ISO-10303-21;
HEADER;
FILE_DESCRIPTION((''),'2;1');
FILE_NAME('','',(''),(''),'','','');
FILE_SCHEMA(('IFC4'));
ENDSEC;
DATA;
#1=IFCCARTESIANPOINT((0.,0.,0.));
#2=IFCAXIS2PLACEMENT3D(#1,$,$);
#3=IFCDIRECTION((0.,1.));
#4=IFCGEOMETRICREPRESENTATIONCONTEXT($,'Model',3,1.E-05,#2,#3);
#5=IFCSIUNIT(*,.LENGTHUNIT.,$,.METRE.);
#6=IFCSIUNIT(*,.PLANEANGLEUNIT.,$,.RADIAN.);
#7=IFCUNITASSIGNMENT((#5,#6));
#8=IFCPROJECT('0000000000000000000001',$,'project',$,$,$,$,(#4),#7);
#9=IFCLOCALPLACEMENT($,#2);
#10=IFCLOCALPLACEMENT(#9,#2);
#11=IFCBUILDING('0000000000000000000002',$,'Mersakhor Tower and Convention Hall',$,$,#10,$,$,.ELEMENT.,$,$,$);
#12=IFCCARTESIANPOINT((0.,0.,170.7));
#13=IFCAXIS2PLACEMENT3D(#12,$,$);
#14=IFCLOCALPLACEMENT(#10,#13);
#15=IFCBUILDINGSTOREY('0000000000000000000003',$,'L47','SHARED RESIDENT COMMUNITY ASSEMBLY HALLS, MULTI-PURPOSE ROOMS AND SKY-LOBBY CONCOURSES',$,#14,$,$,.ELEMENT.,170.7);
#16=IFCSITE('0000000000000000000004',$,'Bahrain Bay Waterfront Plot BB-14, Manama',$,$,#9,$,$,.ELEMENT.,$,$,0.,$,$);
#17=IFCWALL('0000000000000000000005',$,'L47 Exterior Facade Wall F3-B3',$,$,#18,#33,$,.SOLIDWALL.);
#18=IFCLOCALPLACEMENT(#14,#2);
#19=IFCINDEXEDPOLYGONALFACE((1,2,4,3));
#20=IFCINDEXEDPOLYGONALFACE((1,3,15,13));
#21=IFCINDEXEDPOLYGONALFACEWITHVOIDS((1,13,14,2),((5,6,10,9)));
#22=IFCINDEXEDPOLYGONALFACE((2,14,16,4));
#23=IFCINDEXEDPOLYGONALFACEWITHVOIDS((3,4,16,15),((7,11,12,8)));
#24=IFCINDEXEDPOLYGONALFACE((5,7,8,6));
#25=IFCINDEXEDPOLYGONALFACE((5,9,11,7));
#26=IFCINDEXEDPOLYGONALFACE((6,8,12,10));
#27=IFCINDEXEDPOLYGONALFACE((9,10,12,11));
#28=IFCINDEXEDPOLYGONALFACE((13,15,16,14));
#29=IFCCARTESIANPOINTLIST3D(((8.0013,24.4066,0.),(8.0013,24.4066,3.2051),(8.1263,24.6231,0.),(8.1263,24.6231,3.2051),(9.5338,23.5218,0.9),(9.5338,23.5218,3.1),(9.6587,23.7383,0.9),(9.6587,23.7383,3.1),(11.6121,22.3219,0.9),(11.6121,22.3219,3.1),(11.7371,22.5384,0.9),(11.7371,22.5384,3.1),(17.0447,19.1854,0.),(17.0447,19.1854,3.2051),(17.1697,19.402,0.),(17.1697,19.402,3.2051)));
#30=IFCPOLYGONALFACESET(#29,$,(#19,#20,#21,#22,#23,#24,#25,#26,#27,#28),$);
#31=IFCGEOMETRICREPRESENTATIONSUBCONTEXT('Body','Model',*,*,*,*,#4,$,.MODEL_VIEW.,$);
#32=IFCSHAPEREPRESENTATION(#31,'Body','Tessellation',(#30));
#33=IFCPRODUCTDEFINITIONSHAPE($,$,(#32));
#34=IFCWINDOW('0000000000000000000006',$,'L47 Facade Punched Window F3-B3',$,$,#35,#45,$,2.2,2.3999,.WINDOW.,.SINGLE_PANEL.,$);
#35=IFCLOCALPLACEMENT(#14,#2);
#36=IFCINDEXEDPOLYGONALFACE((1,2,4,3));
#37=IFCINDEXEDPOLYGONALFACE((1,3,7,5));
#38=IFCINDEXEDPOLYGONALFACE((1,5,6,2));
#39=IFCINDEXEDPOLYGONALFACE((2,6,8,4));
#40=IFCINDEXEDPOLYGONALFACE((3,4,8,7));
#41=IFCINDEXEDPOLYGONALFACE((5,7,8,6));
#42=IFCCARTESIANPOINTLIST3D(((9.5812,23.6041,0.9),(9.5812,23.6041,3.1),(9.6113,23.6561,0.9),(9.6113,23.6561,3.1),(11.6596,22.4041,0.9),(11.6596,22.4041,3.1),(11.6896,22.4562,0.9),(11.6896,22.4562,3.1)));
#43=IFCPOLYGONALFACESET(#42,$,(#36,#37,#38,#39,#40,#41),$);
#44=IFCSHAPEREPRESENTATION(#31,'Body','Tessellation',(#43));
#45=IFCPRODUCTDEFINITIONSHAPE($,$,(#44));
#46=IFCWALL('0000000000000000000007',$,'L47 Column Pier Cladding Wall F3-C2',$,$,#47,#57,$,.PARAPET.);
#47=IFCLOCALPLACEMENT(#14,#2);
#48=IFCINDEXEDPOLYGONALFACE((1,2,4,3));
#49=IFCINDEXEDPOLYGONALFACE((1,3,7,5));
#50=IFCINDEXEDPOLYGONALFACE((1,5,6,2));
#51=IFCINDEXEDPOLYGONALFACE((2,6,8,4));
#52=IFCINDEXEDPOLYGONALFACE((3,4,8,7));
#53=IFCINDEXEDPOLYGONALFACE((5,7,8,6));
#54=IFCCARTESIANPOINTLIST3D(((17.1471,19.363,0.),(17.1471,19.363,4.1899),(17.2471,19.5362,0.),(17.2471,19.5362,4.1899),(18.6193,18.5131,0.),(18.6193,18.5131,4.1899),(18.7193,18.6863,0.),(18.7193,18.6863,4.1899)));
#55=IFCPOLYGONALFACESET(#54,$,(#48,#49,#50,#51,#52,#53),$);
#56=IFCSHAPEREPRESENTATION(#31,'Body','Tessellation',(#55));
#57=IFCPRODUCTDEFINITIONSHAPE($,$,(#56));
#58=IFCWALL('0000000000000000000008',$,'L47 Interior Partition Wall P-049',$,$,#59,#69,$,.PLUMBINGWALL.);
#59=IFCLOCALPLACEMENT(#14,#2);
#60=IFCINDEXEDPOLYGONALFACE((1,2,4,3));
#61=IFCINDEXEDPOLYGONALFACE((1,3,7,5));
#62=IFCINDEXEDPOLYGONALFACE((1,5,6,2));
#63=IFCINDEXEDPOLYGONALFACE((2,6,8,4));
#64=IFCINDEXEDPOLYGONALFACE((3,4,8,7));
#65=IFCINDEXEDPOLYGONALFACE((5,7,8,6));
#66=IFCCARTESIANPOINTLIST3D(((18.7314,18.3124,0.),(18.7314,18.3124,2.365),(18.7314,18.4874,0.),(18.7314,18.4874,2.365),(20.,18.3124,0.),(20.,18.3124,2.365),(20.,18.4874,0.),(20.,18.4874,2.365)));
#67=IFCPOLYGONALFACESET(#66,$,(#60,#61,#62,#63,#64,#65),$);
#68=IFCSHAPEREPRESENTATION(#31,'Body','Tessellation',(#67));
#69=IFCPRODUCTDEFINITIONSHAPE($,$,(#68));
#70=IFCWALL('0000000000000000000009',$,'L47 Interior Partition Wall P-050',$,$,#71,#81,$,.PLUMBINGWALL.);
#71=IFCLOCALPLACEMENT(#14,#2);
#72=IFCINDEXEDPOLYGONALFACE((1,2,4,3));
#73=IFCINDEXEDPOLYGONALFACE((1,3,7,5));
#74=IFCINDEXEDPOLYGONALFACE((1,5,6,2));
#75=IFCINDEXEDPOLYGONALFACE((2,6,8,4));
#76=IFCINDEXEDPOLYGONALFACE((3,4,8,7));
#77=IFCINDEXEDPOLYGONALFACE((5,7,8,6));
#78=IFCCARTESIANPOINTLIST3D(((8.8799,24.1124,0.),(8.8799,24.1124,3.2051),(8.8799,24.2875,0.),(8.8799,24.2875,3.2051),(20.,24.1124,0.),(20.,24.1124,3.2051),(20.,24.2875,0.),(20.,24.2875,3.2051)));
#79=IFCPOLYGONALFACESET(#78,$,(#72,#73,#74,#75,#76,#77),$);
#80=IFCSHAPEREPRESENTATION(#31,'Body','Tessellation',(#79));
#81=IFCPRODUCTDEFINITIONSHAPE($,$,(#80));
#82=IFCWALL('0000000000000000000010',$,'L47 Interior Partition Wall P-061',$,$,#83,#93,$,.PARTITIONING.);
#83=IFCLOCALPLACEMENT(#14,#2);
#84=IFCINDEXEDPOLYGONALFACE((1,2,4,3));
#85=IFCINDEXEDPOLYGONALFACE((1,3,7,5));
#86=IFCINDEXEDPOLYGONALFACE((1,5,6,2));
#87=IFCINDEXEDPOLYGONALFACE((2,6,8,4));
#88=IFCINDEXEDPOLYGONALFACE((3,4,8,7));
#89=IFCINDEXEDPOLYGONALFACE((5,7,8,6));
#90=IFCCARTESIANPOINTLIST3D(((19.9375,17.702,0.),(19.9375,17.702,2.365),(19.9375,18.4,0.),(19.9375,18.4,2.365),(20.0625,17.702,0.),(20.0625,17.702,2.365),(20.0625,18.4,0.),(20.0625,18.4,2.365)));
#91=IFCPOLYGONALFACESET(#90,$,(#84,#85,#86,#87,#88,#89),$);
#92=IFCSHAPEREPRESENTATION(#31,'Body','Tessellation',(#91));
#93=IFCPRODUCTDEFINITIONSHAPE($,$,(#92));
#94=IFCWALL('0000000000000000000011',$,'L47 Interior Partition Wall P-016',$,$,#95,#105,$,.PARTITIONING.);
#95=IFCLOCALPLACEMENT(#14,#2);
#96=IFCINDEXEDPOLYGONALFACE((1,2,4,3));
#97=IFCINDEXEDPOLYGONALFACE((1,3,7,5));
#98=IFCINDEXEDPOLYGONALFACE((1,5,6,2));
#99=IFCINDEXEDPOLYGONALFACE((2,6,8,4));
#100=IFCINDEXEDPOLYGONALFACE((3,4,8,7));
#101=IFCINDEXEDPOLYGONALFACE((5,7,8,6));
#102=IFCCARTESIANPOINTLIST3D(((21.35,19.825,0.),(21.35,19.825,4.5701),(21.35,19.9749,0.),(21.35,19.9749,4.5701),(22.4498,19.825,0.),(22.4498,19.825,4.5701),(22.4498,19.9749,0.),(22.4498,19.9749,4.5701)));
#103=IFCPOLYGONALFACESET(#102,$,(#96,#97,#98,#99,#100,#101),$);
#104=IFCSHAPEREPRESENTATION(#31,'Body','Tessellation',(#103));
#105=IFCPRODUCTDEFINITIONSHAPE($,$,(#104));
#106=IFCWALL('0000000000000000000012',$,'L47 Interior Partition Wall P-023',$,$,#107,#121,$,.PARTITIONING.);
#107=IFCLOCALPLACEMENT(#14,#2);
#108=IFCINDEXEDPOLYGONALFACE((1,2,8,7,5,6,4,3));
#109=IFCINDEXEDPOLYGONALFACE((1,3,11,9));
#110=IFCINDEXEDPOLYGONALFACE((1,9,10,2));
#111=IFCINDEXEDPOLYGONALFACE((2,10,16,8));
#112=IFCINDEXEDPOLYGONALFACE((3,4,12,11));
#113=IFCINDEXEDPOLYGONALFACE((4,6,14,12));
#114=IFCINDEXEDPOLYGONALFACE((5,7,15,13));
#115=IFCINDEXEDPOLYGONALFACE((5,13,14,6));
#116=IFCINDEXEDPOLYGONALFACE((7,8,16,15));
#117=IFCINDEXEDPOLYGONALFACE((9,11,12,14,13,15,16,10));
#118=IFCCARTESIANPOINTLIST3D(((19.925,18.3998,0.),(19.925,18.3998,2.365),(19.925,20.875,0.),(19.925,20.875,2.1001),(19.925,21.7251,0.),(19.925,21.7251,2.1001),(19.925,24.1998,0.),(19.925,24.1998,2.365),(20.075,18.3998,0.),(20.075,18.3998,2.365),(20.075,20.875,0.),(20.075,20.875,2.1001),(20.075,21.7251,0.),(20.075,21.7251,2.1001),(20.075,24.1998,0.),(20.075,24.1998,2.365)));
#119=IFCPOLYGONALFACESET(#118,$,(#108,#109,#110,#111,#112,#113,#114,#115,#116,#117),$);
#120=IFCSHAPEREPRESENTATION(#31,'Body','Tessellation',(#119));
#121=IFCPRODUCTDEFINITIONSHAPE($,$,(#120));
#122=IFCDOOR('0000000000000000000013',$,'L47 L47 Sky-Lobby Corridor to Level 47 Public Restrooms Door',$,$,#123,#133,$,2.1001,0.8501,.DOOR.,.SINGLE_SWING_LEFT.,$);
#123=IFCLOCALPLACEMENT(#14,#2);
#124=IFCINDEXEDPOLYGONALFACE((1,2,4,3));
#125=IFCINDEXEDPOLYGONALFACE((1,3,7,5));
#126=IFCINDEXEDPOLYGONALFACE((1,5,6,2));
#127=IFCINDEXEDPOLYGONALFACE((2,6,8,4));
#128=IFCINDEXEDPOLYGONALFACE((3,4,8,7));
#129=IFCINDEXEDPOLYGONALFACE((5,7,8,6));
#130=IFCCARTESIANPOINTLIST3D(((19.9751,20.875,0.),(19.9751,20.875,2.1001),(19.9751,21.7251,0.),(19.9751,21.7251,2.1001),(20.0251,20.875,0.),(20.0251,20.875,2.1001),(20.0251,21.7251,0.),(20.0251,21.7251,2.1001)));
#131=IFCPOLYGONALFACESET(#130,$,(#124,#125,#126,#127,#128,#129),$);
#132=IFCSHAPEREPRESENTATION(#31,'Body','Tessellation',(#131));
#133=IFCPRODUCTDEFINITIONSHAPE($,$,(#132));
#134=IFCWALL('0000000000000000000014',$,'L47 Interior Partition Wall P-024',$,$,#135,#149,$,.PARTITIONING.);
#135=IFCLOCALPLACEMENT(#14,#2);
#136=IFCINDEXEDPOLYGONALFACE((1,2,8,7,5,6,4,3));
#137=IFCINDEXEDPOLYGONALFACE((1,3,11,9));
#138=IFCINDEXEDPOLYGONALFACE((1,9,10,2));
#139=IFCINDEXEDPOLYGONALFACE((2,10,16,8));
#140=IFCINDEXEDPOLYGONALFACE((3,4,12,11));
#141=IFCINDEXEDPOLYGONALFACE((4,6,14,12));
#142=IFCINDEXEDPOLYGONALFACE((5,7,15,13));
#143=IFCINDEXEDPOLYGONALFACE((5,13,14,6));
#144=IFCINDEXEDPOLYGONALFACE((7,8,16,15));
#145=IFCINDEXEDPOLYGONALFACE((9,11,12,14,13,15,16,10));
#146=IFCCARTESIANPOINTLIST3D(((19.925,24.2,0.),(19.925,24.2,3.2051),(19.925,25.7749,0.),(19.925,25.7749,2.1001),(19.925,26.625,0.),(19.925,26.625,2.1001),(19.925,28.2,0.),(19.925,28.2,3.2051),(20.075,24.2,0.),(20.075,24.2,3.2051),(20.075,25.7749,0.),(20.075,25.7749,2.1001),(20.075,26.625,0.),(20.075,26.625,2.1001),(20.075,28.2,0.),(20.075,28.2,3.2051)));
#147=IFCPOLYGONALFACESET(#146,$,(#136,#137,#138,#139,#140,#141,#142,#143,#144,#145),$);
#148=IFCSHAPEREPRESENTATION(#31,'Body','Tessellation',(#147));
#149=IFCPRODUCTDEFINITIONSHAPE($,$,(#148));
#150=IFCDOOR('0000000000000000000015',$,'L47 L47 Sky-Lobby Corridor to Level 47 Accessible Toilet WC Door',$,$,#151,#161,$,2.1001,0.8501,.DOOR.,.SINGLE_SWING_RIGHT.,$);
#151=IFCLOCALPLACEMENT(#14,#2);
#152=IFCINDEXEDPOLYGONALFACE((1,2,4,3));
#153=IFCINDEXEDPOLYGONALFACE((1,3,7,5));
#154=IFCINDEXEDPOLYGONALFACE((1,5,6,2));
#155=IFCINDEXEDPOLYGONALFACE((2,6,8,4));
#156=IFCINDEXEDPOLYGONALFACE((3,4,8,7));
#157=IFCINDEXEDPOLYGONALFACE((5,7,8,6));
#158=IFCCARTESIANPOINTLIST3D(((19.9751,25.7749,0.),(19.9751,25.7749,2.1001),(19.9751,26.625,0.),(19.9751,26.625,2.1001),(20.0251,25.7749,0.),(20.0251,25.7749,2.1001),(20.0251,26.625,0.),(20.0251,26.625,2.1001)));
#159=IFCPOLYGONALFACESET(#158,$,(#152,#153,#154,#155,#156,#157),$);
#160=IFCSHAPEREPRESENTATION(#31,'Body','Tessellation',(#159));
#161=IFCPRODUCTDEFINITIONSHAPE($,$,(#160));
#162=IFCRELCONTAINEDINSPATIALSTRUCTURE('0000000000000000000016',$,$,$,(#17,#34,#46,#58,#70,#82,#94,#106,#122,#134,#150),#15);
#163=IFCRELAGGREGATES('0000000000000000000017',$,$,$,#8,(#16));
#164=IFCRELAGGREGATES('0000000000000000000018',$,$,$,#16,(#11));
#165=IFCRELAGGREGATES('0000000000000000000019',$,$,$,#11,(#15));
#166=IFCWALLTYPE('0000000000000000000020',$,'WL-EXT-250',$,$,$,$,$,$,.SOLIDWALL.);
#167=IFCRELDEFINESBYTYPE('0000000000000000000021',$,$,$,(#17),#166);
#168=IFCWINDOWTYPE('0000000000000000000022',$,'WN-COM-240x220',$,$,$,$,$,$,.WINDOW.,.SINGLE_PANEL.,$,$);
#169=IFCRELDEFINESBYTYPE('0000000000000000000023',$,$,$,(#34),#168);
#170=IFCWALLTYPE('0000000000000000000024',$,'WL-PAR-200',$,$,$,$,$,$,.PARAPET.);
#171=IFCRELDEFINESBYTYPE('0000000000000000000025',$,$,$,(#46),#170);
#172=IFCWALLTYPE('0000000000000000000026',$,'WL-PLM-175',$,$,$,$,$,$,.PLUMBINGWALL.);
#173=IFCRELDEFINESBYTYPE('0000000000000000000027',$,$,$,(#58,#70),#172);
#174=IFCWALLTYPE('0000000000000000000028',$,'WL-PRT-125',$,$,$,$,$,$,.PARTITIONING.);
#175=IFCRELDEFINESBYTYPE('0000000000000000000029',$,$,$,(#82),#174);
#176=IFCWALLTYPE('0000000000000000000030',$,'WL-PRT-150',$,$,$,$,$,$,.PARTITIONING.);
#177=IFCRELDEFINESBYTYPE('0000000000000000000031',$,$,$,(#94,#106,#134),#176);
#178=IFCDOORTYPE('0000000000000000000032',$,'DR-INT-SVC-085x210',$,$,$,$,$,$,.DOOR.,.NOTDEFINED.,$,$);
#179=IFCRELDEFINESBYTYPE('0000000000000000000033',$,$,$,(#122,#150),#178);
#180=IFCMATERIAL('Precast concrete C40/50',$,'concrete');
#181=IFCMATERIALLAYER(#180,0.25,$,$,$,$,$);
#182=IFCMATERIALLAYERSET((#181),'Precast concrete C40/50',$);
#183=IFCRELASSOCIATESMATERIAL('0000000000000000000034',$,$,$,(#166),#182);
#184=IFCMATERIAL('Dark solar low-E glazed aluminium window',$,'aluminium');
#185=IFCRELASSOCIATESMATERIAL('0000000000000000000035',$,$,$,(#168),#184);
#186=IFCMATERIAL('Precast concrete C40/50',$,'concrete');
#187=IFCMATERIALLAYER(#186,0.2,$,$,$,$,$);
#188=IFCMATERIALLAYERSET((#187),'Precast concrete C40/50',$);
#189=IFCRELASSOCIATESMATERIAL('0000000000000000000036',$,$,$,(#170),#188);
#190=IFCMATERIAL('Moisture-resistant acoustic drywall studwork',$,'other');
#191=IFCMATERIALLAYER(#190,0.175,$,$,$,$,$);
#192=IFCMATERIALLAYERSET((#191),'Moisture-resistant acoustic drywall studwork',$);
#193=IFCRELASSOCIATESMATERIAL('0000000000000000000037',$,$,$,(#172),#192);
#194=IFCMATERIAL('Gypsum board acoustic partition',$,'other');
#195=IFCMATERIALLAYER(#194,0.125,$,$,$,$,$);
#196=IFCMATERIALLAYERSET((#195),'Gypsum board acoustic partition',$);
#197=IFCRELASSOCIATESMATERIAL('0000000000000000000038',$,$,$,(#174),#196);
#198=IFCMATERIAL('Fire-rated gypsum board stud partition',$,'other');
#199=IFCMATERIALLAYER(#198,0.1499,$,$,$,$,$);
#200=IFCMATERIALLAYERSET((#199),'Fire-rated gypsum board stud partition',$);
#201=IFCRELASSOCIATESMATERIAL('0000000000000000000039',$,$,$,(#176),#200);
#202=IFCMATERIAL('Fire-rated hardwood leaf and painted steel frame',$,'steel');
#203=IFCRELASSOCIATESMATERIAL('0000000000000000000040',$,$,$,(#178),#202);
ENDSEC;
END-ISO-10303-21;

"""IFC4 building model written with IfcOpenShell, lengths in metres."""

from ifc_helpers import new_model, si_unit, direction, frame, frame_2d, origin, place, context, subcontext, project, spatial, rectangle, extrude, material, layer, layer_set, type_object, element, fill, save


model = new_model("IFC4")

# Units and contexts
model_context = context("Model", 3, precision=1e-05, world=origin(), true_north=direction((0.0, 1.0)))
body_context = subcontext(model_context, "Body", "Model", "MODEL_VIEW")
ifc_project = project(units=[si_unit("LENGTHUNIT", "METRE"), si_unit("PLANEANGLEUNIT", "RADIAN")], contexts=[model_context])

# Site, building, storey
site_placement = place(None, origin())
site = spatial("IfcSite", under=ifc_project, at=site_placement, Name="Bahrain Bay Waterfront Plot BB-14, Manama", CompositionType="ELEMENT", RefElevation=0.0)
building_placement = place(site_placement, origin())
building = spatial("IfcBuilding", under=site, at=building_placement, Name="Mersakhor Tower and Convention Hall", CompositionType="ELEMENT")
storey_placement = place(building_placement, frame((0.0, 0.0, 170.7)))
storey = spatial("IfcBuildingStorey", under=building, at=storey_placement, Name="L47", Description="SHARED RESIDENT COMMUNITY ASSEMBLY HALLS, MULTI-PURPOSE ROOMS AND SKY-LOBBY CONCOURSES", CompositionType="ELEMENT", Elevation=170.7)

# Shared definitions
ifc_material_1 = material(Name="Precast concrete C40/50", Category="concrete")
ifc_layer_1 = layer(ifc_material_1, 0.25)
ifc_layer_set_1 = layer_set([ifc_layer_1], Name="Precast concrete C40/50")
wall_type_1 = type_object("IfcWallType", Name="WL-EXT-250", PredefinedType="SOLIDWALL", material=ifc_layer_set_1)

# Wall, opening, window
wall_1_placement = place(storey_placement, frame((17.1072, 19.2937, 0.0), z_axis=(0.0, 0.0, 1.0), x_axis=(-0.866028, 0.499996, 0.0)))
wall_1 = element("IfcWall", 1, at=wall_1_placement, inside=storey, type_object=wall_type_1, Name="L47 Exterior Facade Wall F3-B3", PredefinedType="SOLIDWALL", context=body_context, shape_type="SweptSolid", body=[
    extrude(rectangle(XDim=10.4424, YDim=0.25, at=frame_2d((5.2212, 0.0))), origin(), (0.0, 0.0, 1.0), 3.2051),
])
opening_1_placement = place(wall_1_placement, frame((6.2729, 0.0, 0.8999)))
opening_1 = element("IfcOpeningElement", 2, at=opening_1_placement, cuts=wall_1, PredefinedType="OPENING", context=body_context, shape_type="SweptSolid", body=[
    extrude(rectangle(XDim=2.3999, YDim=2.2, at=frame_2d((1.2, 1.1001))), frame((0.0, 0.135, 0.0), z_axis=(0.0, -1.0, 0.0), x_axis=(1.0, 0.0, 0.0)), (0.0, 0.0, 1.0), 0.27),
])
ifc_material_2 = material(Name="Dark solar low-E glazed aluminium window", Category="aluminium")
window_type = type_object("IfcWindowType", Name="WN-COM-240x220", PartitioningType="SINGLE_PANEL", PredefinedType="WINDOW", material=ifc_material_2)
window_placement = place(opening_1_placement, origin())
window = element("IfcWindow", 3, at=window_placement, inside=storey, type_object=window_type, Name="L47 Facade Punched Window F3-B3", OverallHeight=2.2, OverallWidth=2.3999, PartitioningType="SINGLE_PANEL", PredefinedType="WINDOW", context=body_context, shape_type="SweptSolid", body=[
    extrude(rectangle(XDim=2.3999, YDim=2.2, at=frame_2d((1.2, 1.1001))), frame((0.0, 0.03, 0.0), z_axis=(0.0, -1.0, 0.0), x_axis=(1.0, 0.0, 0.0)), (0.0, 0.0, 1.0), 0.0601),
])
fill(opening_1, window)

# Walls
ifc_material_3 = material(Name="Precast concrete C40/50", Category="concrete")
ifc_layer_2 = layer(ifc_material_3, 0.2)
ifc_layer_set_2 = layer_set([ifc_layer_2], Name="Precast concrete C40/50")
wall_type_2 = type_object("IfcWallType", Name="WL-PAR-200", PredefinedType="PARAPET", material=ifc_layer_set_2)
wall_2_placement = place(storey_placement, frame((18.6694, 18.5996, 0.0), z_axis=(0.0, 0.0, 1.0), x_axis=(-0.866052, 0.499955, 0.0)))
element("IfcWall", 4, at=wall_2_placement, inside=storey, type_object=wall_type_2, Name="L47 Column Pier Cladding Wall F3-C2", PredefinedType="PARAPET", context=body_context, shape_type="SweptSolid", body=[
    extrude(rectangle(XDim=1.7, YDim=0.2, at=frame_2d((0.8501, 0.0))), origin(), (0.0, 0.0, 1.0), 4.1899),
])
ifc_material_4 = material(Name="Moisture-resistant acoustic drywall studwork", Category="other")
ifc_layer_3 = layer(ifc_material_4, 0.175)
ifc_layer_set_3 = layer_set([ifc_layer_3], Name="Moisture-resistant acoustic drywall studwork")
wall_type_3 = type_object("IfcWallType", Name="WL-PLM-175", PredefinedType="PLUMBINGWALL", material=ifc_layer_set_3)
wall_3_placement = place(storey_placement, frame((20.0, 18.3999, 0.0), z_axis=(0.0, 0.0, 1.0), x_axis=(-1.0, 0.0, 0.0)))
element("IfcWall", 5, at=wall_3_placement, inside=storey, type_object=wall_type_3, Name="L47 Interior Partition Wall P-049", PredefinedType="PLUMBINGWALL", context=body_context, shape_type="SweptSolid", body=[
    extrude(rectangle(XDim=1.2686, YDim=0.175, at=frame_2d((0.6343, 0.0))), origin(), (0.0, 0.0, 1.0), 2.365),
])
wall_4_placement = place(storey_placement, frame((8.8799, 24.2, 0.0), z_axis=(0.0, 0.0, 1.0), x_axis=(1.0, 0.0, 0.0)))
element("IfcWall", 6, at=wall_4_placement, inside=storey, type_object=wall_type_3, Name="L47 Interior Partition Wall P-050", PredefinedType="PLUMBINGWALL", context=body_context, shape_type="SweptSolid", body=[
    extrude(rectangle(XDim=11.1201, YDim=0.175, at=frame_2d((5.5601, 0.0))), origin(), (0.0, 0.0, 1.0), 3.2051),
])
ifc_material_5 = material(Name="Gypsum board acoustic partition", Category="other")
ifc_layer_4 = layer(ifc_material_5, 0.125)
ifc_layer_set_4 = layer_set([ifc_layer_4], Name="Gypsum board acoustic partition")
wall_type_4 = type_object("IfcWallType", Name="WL-PRT-125", PredefinedType="PARTITIONING", material=ifc_layer_set_4)
wall_5_placement = place(storey_placement, frame((20.0, 17.7019, 0.0), z_axis=(0.0, 0.0, 1.0), x_axis=(0.0, 1.0, 0.0)))
element("IfcWall", 7, at=wall_5_placement, inside=storey, type_object=wall_type_4, Name="L47 Interior Partition Wall P-061", PredefinedType="PARTITIONING", context=body_context, shape_type="SweptSolid", body=[
    extrude(rectangle(XDim=0.698, YDim=0.125, at=frame_2d((0.3491, 0.0))), origin(), (0.0, 0.0, 1.0), 2.365),
])
ifc_material_6 = material(Name="Fire-rated gypsum board stud partition", Category="other")
ifc_layer_5 = layer(ifc_material_6, 0.1499)
ifc_layer_set_5 = layer_set([ifc_layer_5], Name="Fire-rated gypsum board stud partition")
wall_type_5 = type_object("IfcWallType", Name="WL-PRT-150", PredefinedType="PARTITIONING", material=ifc_layer_set_5)
wall_6_placement = place(storey_placement, frame((21.3501, 19.8999, 0.0), z_axis=(0.0, 0.0, 1.0), x_axis=(1.0, 0.0, 0.0)))
element("IfcWall", 8, at=wall_6_placement, inside=storey, type_object=wall_type_5, Name="L47 Interior Partition Wall P-016", PredefinedType="PARTITIONING", context=body_context, shape_type="SweptSolid", body=[
    extrude(rectangle(XDim=1.0999, YDim=0.1499, at=frame_2d((0.5498, 0.0))), origin(), (0.0, 0.0, 1.0), 4.5701),
])

# Walls, openings, doors
wall_7_placement = place(storey_placement, frame((20.0, 18.3999, 0.0), z_axis=(0.0, 0.0, 1.0), x_axis=(0.0, 1.0, 0.0)))
wall_7 = element("IfcWall", 9, at=wall_7_placement, inside=storey, type_object=wall_type_5, Name="L47 Interior Partition Wall P-023", PredefinedType="PARTITIONING", context=body_context, shape_type="SweptSolid", body=[
    extrude(rectangle(XDim=5.8, YDim=0.1499, at=frame_2d((2.8999, 0.0))), origin(), (0.0, 0.0, 1.0), 2.365),
])
opening_2_placement = place(wall_7_placement, frame((2.4751, 0.0, 0.0)))
opening_2 = element("IfcOpeningElement", 10, at=opening_2_placement, cuts=wall_7, PredefinedType="OPENING", context=body_context, shape_type="SweptSolid", body=[
    extrude(rectangle(XDim=0.8501, YDim=2.1001, at=frame_2d((0.425, 1.05))), frame((0.0, 0.085, 0.0), z_axis=(0.0, -1.0, 0.0), x_axis=(1.0, 0.0, 0.0)), (0.0, 0.0, 1.0), 0.1699),
])
ifc_material_7 = material(Name="Fire-rated hardwood leaf and painted steel frame", Category="steel")
door_type = type_object("IfcDoorType", Name="DR-INT-SVC-085x210", OperationType="NOTDEFINED", PredefinedType="DOOR", material=ifc_material_7)
door_1_placement = place(opening_2_placement, origin())
door_1 = element("IfcDoor", 11, at=door_1_placement, inside=storey, type_object=door_type, Name="L47 L47 Sky-Lobby Corridor to Level 47 Public Restrooms Door", OperationType="SINGLE_SWING_LEFT", OverallHeight=2.1001, OverallWidth=0.8501, PredefinedType="DOOR", context=body_context, shape_type="SweptSolid", body=[
    extrude(rectangle(XDim=0.8501, YDim=2.1001, at=frame_2d((0.425, 1.05))), frame((0.0, 0.0249, 0.0), z_axis=(0.0, -1.0, 0.0), x_axis=(1.0, 0.0, 0.0)), (0.0, 0.0, 1.0), 0.05),
])
fill(opening_2, door_1)
wall_8_placement = place(storey_placement, frame((20.0, 24.2, 0.0), z_axis=(0.0, 0.0, 1.0), x_axis=(0.0, 1.0, 0.0)))
wall_8 = element("IfcWall", 12, at=wall_8_placement, inside=storey, type_object=wall_type_5, Name="L47 Interior Partition Wall P-024", PredefinedType="PARTITIONING", context=body_context, shape_type="SweptSolid", body=[
    extrude(rectangle(XDim=4.0, YDim=0.1499, at=frame_2d((2.0, 0.0))), origin(), (0.0, 0.0, 1.0), 3.2051),
])
opening_3_placement = place(wall_8_placement, frame((1.575, 0.0, 0.0)))
opening_3 = element("IfcOpeningElement", 13, at=opening_3_placement, cuts=wall_8, PredefinedType="OPENING", context=body_context, shape_type="SweptSolid", body=[
    extrude(rectangle(XDim=0.8501, YDim=2.1001, at=frame_2d((0.425, 1.05))), frame((0.0, 0.085, 0.0), z_axis=(0.0, -1.0, 0.0), x_axis=(1.0, 0.0, 0.0)), (0.0, 0.0, 1.0), 0.1699),
])
door_2_placement = place(opening_3_placement, origin())
door_2 = element("IfcDoor", 14, at=door_2_placement, inside=storey, type_object=door_type, Name="L47 L47 Sky-Lobby Corridor to Level 47 Accessible Toilet WC Door", OperationType="SINGLE_SWING_RIGHT", OverallHeight=2.1001, OverallWidth=0.8501, PredefinedType="DOOR", context=body_context, shape_type="SweptSolid", body=[
    extrude(rectangle(XDim=0.8501, YDim=2.1001, at=frame_2d((0.425, 1.05))), frame((0.0, 0.0249, 0.0), z_axis=(0.0, -1.0, 0.0), x_axis=(1.0, 0.0, 0.0)), (0.0, 0.0, 1.0), 0.05),
])
fill(opening_3, door_2)

save(model, "model.ifc")
